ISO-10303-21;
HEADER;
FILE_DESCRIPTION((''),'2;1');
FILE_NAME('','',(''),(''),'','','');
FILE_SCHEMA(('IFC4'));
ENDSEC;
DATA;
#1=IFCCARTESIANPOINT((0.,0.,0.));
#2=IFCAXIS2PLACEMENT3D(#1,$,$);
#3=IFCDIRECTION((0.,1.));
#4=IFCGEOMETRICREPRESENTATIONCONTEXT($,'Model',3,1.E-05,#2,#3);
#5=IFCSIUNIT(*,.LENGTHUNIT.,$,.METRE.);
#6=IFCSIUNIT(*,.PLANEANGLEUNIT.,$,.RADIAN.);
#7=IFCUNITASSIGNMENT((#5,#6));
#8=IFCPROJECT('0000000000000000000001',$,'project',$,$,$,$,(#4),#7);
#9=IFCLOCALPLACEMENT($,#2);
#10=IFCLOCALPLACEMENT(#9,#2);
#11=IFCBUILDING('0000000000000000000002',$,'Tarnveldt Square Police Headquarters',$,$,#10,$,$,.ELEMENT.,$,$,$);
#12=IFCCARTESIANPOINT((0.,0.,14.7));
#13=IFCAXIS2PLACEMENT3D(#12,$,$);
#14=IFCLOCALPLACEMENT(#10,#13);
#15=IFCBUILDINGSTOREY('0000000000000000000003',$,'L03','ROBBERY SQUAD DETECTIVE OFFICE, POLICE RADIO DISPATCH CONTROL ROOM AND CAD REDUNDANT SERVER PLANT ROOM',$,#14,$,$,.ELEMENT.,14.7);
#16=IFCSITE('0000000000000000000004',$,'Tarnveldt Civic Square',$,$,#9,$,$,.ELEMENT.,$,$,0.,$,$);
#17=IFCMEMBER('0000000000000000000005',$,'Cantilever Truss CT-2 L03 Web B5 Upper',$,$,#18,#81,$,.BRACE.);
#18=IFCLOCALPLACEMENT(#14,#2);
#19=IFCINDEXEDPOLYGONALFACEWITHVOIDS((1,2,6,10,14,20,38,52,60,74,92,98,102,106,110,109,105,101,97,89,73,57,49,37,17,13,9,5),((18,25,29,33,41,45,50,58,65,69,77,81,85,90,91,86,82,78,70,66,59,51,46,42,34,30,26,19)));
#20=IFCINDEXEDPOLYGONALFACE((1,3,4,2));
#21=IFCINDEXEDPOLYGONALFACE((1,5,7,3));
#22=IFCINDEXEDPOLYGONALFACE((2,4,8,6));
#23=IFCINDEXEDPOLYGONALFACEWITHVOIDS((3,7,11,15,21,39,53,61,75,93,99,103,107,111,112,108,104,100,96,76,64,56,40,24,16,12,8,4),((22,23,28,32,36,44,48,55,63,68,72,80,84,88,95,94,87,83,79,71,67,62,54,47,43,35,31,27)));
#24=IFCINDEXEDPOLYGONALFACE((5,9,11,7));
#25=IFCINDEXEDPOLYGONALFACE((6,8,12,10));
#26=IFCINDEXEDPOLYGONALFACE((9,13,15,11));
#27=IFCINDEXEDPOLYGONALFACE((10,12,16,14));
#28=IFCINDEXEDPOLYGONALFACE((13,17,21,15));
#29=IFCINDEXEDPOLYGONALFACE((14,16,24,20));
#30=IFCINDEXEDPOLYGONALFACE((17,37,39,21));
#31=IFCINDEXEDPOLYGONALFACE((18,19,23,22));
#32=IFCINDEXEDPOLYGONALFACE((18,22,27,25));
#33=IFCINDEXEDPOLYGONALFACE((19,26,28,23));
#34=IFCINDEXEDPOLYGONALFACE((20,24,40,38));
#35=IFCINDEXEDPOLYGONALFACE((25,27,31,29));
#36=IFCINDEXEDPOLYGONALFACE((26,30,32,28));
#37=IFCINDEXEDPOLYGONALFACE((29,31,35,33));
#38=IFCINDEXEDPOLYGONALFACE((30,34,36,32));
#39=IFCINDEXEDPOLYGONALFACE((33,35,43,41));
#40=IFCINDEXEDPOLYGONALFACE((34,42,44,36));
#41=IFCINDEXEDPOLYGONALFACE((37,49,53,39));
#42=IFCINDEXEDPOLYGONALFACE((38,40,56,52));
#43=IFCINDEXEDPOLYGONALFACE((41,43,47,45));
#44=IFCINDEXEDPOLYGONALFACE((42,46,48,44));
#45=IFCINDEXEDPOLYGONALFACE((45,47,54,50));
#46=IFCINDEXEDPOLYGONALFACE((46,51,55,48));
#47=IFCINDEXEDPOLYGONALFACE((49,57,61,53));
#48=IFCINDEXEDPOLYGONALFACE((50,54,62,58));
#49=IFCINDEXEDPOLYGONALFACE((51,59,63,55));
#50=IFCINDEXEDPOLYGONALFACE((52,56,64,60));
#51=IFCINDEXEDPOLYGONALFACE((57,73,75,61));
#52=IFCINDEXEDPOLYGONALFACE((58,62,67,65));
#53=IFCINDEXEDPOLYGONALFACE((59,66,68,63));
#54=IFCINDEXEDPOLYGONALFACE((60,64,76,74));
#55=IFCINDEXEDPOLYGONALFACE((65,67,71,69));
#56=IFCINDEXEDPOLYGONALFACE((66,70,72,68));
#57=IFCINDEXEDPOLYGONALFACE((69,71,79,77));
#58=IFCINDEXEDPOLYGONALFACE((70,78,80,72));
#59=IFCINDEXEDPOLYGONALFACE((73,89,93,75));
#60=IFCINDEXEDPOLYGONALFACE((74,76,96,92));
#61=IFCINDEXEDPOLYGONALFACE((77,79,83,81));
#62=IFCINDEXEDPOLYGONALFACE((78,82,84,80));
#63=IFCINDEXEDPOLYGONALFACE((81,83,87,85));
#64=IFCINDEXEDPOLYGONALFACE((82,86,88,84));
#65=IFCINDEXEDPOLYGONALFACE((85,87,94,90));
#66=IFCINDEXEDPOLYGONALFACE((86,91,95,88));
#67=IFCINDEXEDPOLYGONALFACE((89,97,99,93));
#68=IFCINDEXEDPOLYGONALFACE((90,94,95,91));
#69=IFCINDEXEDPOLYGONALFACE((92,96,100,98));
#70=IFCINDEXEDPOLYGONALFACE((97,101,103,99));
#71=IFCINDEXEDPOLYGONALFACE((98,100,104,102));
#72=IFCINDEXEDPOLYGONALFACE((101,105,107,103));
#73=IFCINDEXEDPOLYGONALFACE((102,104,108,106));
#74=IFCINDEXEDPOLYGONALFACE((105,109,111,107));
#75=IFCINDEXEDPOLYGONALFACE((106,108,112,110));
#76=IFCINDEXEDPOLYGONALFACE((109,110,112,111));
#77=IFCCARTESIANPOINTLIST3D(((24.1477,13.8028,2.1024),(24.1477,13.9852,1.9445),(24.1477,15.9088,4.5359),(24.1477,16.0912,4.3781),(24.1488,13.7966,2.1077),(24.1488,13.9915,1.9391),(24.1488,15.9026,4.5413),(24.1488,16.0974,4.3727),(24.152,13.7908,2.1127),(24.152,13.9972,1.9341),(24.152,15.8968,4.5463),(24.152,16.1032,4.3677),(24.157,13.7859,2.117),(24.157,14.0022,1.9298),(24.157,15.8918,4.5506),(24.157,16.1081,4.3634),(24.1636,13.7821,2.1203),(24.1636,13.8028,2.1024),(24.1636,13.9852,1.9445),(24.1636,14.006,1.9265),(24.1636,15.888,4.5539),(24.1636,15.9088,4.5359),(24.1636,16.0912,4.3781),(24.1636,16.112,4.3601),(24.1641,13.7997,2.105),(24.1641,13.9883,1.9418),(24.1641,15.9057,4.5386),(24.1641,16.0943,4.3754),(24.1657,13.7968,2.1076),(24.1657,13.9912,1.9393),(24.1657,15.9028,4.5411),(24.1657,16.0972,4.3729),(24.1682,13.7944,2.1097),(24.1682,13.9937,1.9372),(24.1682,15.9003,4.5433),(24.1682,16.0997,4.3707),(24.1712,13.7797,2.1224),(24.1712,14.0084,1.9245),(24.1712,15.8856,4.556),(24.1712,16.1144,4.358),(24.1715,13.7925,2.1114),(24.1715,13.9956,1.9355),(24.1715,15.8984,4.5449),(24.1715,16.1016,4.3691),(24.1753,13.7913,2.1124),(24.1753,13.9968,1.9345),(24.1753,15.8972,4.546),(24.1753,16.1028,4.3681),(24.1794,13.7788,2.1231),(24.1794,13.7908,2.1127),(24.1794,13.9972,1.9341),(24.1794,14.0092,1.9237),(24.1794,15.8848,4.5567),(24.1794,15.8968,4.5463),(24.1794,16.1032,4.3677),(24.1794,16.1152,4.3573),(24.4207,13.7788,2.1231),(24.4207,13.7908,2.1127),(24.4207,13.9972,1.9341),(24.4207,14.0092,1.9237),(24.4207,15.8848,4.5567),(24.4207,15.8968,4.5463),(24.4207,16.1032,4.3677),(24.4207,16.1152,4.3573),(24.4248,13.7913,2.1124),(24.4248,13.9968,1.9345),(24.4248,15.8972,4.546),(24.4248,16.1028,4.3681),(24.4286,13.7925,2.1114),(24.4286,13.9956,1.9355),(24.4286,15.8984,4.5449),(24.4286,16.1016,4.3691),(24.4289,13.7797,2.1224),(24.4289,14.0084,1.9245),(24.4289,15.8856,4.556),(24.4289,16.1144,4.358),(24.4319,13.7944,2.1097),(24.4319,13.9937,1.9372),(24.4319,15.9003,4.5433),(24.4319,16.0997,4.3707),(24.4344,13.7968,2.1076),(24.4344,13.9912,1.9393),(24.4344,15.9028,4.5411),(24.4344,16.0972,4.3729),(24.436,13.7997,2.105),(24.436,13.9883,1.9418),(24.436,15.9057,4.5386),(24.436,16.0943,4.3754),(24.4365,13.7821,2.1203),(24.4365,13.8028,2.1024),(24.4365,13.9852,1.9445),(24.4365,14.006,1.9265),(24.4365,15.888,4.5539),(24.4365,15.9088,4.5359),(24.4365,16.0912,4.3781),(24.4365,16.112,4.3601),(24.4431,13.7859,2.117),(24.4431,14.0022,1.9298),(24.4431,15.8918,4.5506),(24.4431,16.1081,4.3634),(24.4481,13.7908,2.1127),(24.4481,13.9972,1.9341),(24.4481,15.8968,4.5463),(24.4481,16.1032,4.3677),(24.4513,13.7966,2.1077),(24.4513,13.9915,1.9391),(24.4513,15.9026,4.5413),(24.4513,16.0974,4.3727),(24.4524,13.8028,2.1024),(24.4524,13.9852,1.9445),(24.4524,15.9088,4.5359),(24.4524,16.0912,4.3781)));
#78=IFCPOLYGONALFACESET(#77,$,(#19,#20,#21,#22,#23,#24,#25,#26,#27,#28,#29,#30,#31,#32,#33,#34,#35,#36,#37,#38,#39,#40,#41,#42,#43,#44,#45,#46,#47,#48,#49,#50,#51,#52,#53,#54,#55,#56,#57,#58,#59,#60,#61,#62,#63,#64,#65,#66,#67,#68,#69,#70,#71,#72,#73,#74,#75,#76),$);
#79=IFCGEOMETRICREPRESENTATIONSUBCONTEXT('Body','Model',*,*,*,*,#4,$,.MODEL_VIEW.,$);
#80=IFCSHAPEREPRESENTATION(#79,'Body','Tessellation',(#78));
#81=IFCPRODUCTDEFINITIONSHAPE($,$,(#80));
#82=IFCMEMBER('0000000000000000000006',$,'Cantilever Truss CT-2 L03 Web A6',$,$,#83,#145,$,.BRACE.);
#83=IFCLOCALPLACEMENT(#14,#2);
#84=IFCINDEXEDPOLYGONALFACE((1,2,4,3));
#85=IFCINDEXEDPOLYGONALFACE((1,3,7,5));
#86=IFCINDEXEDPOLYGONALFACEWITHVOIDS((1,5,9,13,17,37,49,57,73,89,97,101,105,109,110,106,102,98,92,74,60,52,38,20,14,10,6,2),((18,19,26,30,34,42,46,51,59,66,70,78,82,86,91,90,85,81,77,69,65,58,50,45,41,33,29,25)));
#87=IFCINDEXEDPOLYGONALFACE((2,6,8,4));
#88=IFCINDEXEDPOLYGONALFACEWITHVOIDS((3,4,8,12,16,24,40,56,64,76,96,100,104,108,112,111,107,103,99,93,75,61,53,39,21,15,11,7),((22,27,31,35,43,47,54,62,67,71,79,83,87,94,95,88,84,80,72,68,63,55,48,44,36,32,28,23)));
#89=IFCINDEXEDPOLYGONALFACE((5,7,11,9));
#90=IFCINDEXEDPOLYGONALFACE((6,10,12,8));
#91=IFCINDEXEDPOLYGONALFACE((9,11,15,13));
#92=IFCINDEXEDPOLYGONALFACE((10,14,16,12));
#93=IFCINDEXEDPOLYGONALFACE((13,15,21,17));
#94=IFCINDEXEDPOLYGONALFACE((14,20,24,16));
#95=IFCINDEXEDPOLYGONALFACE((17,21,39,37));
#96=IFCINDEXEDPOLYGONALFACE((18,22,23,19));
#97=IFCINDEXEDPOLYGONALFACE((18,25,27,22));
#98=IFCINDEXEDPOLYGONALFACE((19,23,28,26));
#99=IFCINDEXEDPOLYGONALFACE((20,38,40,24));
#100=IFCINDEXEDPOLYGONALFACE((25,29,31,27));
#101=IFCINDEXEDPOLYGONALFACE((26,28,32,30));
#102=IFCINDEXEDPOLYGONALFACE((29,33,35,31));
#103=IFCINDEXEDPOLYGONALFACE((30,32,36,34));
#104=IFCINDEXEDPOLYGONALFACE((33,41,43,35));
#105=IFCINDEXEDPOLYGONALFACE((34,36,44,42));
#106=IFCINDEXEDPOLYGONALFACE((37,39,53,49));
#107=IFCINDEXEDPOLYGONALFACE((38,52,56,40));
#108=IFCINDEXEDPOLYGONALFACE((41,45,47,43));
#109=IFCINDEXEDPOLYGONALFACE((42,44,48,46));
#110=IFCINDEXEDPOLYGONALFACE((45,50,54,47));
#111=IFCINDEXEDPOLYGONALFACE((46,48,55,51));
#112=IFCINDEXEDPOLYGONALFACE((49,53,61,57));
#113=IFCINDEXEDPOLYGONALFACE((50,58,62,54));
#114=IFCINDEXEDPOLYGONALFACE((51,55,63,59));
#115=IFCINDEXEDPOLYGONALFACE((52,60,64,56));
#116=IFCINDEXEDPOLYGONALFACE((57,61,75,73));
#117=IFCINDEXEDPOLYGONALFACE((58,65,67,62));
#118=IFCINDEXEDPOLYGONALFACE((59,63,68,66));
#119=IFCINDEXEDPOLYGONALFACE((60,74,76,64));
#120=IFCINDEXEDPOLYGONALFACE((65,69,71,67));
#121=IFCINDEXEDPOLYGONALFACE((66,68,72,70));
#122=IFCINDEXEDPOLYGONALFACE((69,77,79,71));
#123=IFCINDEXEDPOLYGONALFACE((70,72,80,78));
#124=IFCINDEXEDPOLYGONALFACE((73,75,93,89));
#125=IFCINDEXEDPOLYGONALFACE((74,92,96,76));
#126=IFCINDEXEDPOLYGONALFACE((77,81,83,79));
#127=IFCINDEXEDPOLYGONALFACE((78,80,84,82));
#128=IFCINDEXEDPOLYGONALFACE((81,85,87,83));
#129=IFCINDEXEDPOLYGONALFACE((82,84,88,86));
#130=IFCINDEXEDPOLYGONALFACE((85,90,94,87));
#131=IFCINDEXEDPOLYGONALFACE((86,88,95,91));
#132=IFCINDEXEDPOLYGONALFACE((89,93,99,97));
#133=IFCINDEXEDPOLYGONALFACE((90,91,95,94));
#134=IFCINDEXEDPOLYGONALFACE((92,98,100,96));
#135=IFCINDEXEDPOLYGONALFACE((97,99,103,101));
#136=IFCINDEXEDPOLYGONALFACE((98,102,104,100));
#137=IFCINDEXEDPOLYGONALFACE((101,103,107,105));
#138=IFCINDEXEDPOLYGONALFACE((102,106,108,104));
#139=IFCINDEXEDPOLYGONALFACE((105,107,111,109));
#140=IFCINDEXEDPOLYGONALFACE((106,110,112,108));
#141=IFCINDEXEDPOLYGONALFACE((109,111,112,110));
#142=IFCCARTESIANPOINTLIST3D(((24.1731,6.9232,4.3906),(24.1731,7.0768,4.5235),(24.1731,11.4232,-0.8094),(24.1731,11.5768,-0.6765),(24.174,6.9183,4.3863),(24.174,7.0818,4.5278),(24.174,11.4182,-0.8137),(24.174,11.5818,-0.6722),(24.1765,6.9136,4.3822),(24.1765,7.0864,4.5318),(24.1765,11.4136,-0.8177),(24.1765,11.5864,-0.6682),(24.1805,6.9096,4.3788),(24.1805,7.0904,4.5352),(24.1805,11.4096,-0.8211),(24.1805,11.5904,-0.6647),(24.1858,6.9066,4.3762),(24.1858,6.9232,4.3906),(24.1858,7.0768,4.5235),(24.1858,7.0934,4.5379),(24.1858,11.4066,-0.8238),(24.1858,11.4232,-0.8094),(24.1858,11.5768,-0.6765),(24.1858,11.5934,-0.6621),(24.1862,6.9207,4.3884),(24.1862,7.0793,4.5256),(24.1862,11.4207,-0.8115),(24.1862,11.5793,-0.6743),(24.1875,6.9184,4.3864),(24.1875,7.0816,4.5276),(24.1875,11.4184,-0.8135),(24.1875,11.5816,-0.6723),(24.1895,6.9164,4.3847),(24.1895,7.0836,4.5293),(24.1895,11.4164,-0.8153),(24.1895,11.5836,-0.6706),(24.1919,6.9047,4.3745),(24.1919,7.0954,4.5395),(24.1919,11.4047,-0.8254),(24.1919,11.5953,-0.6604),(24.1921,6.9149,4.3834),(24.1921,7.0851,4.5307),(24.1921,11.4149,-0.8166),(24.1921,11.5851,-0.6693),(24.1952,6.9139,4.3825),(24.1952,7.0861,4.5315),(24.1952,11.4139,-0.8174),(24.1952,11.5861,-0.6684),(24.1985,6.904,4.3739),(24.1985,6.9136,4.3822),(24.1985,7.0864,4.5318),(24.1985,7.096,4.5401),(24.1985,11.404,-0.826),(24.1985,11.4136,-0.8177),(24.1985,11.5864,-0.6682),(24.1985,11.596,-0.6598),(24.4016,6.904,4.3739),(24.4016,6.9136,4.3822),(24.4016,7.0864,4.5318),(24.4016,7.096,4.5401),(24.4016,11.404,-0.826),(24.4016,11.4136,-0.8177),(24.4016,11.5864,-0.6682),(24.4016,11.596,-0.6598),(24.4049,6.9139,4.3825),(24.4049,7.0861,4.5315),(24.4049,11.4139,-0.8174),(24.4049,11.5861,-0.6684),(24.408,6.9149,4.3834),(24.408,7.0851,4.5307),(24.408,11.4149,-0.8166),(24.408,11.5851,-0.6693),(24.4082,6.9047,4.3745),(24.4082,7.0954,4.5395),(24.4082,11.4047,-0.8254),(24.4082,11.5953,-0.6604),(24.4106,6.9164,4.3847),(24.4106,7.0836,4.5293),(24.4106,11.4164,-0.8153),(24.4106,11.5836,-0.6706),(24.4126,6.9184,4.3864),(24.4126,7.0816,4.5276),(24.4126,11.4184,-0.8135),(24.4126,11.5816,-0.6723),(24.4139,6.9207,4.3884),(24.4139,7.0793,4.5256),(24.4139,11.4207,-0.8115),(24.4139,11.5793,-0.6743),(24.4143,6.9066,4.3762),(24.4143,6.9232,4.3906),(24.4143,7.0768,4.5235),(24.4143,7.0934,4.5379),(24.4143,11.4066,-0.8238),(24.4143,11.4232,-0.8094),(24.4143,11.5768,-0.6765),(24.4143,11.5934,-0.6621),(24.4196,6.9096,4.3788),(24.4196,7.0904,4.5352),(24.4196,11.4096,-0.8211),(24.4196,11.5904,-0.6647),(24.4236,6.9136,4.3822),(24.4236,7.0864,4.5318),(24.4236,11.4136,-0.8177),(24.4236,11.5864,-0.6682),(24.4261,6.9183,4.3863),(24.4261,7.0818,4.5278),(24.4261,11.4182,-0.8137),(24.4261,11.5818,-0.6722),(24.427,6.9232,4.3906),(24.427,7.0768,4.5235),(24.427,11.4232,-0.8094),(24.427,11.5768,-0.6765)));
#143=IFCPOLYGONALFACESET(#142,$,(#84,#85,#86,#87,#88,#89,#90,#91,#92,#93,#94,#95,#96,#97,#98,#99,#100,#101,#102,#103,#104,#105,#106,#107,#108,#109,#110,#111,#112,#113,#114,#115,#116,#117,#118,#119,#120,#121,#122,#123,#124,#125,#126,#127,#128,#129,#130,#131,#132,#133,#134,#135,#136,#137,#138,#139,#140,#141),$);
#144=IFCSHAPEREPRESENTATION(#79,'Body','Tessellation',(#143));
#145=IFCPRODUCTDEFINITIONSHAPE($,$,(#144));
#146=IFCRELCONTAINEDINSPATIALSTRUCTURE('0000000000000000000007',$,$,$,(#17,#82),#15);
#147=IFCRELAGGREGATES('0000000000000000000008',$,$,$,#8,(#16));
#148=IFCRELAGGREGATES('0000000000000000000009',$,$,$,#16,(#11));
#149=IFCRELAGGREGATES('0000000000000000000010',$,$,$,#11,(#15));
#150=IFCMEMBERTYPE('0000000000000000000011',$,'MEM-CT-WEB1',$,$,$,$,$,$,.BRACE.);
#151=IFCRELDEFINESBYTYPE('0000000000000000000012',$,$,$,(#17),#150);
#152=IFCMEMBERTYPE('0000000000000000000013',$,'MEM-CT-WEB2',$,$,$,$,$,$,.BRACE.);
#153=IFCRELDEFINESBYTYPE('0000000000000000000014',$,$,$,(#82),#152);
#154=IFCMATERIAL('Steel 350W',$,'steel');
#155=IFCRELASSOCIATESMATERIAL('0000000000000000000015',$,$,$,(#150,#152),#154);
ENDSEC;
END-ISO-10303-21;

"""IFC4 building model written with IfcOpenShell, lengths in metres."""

from ifc_helpers import new_model, si_unit, direction, frame, origin, origin_2d, place, context, subcontext, project, spatial, hollow_rectangle, extrude, material, material_profile, profile_set, type_object, element, save


model = new_model("IFC4")

# Units and contexts
model_context = context("Model", 3, precision=1e-05, world=origin(), true_north=direction((0.0, 1.0)))
body_context = subcontext(model_context, "Body", "Model", "MODEL_VIEW")
ifc_project = project(units=[si_unit("LENGTHUNIT", "METRE"), si_unit("PLANEANGLEUNIT", "RADIAN")], contexts=[model_context])

# Site, building, storey
site_placement = place(None, origin())
site = spatial("IfcSite", under=ifc_project, at=site_placement, Name="Tarnveldt Civic Square", CompositionType="ELEMENT", RefElevation=0.0)
building_placement = place(site_placement, origin())
building = spatial("IfcBuilding", under=site, at=building_placement, Name="Tarnveldt Square Police Headquarters", CompositionType="ELEMENT")
storey_placement = place(building_placement, frame((0.0, 0.0, 14.7)))
storey = spatial("IfcBuildingStorey", under=building, at=storey_placement, Name="L03", Description="ROBBERY SQUAD DETECTIVE OFFICE, POLICE RADIO DISPATCH CONTROL ROOM AND CAD REDUNDANT SERVER PLANT ROOM", CompositionType="ELEMENT", Elevation=14.7)

# Shared definitions
ifc_material_1 = material(Name="Steel 350W", Category="steel")

# Members
ifc_material_profile_1 = material_profile(ifc_material_1, hollow_rectangle(XDim=0.3047, YDim=0.3047, WallThickness=0.0159, InnerFilletRadius=0.0159, OuterFilletRadius=0.0317, at=origin_2d()), Name="HSS305x305x16")
ifc_profile_set_1 = profile_set([ifc_material_profile_1], Name="Steel 350W")
member_type_1 = type_object("IfcMemberType", Name="MEM-CT-WEB1", PredefinedType="BRACE", material=ifc_profile_set_1)
for number, where, z_axis, x_axis, name in (
    (1, (24.3, 13.894, 2.0234), (0.0, 0.65437, 0.756174), (-1.0, 0.0, 0.0), "Cantilever Truss CT-2 L03 Web B5 Upper"),
):
    element("IfcMember", number, at=place(storey_placement, frame(where, z_axis=z_axis, x_axis=x_axis)), inside=storey, type_object=member_type_1, Name=name, PredefinedType="BRACE", context=body_context, shape_type="SweptSolid", body=[
        extrude(hollow_rectangle(XDim=0.3047, YDim=0.3047, WallThickness=0.0159, InnerFilletRadius=0.0159, OuterFilletRadius=0.0317, at=origin_2d()), origin(), (0.0, 0.0, 1.0), 3.2183),
    ])
ifc_material_profile_2 = material_profile(ifc_material_1, hollow_rectangle(XDim=0.2539, YDim=0.2539, WallThickness=0.0127, InnerFilletRadius=0.0127, OuterFilletRadius=0.0254, at=origin_2d()), Name="HSS254x254x13")
ifc_profile_set_2 = profile_set([ifc_material_profile_2], Name="Steel 350W")
member_type_2 = type_object("IfcMemberType", Name="MEM-CT-WEB2", PredefinedType="BRACE", material=ifc_profile_set_2)
member_1_placement = place(storey_placement, frame((24.3, 11.5, -0.7429), z_axis=(0.0, -0.65438, 0.756166), x_axis=(1.0, 0.0, 0.0)))
element("IfcMember", 2, at=member_1_placement, inside=storey, type_object=member_type_2, Name="Cantilever Truss CT-2 L03 Web A6", PredefinedType="BRACE", context=body_context, shape_type="SweptSolid", body=[
    extrude(hollow_rectangle(XDim=0.2539, YDim=0.2539, WallThickness=0.0127, InnerFilletRadius=0.0127, OuterFilletRadius=0.0254, at=origin_2d()), origin(), (0.0, 0.0, 1.0), 6.8767),
])

save(model, "model.ifc")
